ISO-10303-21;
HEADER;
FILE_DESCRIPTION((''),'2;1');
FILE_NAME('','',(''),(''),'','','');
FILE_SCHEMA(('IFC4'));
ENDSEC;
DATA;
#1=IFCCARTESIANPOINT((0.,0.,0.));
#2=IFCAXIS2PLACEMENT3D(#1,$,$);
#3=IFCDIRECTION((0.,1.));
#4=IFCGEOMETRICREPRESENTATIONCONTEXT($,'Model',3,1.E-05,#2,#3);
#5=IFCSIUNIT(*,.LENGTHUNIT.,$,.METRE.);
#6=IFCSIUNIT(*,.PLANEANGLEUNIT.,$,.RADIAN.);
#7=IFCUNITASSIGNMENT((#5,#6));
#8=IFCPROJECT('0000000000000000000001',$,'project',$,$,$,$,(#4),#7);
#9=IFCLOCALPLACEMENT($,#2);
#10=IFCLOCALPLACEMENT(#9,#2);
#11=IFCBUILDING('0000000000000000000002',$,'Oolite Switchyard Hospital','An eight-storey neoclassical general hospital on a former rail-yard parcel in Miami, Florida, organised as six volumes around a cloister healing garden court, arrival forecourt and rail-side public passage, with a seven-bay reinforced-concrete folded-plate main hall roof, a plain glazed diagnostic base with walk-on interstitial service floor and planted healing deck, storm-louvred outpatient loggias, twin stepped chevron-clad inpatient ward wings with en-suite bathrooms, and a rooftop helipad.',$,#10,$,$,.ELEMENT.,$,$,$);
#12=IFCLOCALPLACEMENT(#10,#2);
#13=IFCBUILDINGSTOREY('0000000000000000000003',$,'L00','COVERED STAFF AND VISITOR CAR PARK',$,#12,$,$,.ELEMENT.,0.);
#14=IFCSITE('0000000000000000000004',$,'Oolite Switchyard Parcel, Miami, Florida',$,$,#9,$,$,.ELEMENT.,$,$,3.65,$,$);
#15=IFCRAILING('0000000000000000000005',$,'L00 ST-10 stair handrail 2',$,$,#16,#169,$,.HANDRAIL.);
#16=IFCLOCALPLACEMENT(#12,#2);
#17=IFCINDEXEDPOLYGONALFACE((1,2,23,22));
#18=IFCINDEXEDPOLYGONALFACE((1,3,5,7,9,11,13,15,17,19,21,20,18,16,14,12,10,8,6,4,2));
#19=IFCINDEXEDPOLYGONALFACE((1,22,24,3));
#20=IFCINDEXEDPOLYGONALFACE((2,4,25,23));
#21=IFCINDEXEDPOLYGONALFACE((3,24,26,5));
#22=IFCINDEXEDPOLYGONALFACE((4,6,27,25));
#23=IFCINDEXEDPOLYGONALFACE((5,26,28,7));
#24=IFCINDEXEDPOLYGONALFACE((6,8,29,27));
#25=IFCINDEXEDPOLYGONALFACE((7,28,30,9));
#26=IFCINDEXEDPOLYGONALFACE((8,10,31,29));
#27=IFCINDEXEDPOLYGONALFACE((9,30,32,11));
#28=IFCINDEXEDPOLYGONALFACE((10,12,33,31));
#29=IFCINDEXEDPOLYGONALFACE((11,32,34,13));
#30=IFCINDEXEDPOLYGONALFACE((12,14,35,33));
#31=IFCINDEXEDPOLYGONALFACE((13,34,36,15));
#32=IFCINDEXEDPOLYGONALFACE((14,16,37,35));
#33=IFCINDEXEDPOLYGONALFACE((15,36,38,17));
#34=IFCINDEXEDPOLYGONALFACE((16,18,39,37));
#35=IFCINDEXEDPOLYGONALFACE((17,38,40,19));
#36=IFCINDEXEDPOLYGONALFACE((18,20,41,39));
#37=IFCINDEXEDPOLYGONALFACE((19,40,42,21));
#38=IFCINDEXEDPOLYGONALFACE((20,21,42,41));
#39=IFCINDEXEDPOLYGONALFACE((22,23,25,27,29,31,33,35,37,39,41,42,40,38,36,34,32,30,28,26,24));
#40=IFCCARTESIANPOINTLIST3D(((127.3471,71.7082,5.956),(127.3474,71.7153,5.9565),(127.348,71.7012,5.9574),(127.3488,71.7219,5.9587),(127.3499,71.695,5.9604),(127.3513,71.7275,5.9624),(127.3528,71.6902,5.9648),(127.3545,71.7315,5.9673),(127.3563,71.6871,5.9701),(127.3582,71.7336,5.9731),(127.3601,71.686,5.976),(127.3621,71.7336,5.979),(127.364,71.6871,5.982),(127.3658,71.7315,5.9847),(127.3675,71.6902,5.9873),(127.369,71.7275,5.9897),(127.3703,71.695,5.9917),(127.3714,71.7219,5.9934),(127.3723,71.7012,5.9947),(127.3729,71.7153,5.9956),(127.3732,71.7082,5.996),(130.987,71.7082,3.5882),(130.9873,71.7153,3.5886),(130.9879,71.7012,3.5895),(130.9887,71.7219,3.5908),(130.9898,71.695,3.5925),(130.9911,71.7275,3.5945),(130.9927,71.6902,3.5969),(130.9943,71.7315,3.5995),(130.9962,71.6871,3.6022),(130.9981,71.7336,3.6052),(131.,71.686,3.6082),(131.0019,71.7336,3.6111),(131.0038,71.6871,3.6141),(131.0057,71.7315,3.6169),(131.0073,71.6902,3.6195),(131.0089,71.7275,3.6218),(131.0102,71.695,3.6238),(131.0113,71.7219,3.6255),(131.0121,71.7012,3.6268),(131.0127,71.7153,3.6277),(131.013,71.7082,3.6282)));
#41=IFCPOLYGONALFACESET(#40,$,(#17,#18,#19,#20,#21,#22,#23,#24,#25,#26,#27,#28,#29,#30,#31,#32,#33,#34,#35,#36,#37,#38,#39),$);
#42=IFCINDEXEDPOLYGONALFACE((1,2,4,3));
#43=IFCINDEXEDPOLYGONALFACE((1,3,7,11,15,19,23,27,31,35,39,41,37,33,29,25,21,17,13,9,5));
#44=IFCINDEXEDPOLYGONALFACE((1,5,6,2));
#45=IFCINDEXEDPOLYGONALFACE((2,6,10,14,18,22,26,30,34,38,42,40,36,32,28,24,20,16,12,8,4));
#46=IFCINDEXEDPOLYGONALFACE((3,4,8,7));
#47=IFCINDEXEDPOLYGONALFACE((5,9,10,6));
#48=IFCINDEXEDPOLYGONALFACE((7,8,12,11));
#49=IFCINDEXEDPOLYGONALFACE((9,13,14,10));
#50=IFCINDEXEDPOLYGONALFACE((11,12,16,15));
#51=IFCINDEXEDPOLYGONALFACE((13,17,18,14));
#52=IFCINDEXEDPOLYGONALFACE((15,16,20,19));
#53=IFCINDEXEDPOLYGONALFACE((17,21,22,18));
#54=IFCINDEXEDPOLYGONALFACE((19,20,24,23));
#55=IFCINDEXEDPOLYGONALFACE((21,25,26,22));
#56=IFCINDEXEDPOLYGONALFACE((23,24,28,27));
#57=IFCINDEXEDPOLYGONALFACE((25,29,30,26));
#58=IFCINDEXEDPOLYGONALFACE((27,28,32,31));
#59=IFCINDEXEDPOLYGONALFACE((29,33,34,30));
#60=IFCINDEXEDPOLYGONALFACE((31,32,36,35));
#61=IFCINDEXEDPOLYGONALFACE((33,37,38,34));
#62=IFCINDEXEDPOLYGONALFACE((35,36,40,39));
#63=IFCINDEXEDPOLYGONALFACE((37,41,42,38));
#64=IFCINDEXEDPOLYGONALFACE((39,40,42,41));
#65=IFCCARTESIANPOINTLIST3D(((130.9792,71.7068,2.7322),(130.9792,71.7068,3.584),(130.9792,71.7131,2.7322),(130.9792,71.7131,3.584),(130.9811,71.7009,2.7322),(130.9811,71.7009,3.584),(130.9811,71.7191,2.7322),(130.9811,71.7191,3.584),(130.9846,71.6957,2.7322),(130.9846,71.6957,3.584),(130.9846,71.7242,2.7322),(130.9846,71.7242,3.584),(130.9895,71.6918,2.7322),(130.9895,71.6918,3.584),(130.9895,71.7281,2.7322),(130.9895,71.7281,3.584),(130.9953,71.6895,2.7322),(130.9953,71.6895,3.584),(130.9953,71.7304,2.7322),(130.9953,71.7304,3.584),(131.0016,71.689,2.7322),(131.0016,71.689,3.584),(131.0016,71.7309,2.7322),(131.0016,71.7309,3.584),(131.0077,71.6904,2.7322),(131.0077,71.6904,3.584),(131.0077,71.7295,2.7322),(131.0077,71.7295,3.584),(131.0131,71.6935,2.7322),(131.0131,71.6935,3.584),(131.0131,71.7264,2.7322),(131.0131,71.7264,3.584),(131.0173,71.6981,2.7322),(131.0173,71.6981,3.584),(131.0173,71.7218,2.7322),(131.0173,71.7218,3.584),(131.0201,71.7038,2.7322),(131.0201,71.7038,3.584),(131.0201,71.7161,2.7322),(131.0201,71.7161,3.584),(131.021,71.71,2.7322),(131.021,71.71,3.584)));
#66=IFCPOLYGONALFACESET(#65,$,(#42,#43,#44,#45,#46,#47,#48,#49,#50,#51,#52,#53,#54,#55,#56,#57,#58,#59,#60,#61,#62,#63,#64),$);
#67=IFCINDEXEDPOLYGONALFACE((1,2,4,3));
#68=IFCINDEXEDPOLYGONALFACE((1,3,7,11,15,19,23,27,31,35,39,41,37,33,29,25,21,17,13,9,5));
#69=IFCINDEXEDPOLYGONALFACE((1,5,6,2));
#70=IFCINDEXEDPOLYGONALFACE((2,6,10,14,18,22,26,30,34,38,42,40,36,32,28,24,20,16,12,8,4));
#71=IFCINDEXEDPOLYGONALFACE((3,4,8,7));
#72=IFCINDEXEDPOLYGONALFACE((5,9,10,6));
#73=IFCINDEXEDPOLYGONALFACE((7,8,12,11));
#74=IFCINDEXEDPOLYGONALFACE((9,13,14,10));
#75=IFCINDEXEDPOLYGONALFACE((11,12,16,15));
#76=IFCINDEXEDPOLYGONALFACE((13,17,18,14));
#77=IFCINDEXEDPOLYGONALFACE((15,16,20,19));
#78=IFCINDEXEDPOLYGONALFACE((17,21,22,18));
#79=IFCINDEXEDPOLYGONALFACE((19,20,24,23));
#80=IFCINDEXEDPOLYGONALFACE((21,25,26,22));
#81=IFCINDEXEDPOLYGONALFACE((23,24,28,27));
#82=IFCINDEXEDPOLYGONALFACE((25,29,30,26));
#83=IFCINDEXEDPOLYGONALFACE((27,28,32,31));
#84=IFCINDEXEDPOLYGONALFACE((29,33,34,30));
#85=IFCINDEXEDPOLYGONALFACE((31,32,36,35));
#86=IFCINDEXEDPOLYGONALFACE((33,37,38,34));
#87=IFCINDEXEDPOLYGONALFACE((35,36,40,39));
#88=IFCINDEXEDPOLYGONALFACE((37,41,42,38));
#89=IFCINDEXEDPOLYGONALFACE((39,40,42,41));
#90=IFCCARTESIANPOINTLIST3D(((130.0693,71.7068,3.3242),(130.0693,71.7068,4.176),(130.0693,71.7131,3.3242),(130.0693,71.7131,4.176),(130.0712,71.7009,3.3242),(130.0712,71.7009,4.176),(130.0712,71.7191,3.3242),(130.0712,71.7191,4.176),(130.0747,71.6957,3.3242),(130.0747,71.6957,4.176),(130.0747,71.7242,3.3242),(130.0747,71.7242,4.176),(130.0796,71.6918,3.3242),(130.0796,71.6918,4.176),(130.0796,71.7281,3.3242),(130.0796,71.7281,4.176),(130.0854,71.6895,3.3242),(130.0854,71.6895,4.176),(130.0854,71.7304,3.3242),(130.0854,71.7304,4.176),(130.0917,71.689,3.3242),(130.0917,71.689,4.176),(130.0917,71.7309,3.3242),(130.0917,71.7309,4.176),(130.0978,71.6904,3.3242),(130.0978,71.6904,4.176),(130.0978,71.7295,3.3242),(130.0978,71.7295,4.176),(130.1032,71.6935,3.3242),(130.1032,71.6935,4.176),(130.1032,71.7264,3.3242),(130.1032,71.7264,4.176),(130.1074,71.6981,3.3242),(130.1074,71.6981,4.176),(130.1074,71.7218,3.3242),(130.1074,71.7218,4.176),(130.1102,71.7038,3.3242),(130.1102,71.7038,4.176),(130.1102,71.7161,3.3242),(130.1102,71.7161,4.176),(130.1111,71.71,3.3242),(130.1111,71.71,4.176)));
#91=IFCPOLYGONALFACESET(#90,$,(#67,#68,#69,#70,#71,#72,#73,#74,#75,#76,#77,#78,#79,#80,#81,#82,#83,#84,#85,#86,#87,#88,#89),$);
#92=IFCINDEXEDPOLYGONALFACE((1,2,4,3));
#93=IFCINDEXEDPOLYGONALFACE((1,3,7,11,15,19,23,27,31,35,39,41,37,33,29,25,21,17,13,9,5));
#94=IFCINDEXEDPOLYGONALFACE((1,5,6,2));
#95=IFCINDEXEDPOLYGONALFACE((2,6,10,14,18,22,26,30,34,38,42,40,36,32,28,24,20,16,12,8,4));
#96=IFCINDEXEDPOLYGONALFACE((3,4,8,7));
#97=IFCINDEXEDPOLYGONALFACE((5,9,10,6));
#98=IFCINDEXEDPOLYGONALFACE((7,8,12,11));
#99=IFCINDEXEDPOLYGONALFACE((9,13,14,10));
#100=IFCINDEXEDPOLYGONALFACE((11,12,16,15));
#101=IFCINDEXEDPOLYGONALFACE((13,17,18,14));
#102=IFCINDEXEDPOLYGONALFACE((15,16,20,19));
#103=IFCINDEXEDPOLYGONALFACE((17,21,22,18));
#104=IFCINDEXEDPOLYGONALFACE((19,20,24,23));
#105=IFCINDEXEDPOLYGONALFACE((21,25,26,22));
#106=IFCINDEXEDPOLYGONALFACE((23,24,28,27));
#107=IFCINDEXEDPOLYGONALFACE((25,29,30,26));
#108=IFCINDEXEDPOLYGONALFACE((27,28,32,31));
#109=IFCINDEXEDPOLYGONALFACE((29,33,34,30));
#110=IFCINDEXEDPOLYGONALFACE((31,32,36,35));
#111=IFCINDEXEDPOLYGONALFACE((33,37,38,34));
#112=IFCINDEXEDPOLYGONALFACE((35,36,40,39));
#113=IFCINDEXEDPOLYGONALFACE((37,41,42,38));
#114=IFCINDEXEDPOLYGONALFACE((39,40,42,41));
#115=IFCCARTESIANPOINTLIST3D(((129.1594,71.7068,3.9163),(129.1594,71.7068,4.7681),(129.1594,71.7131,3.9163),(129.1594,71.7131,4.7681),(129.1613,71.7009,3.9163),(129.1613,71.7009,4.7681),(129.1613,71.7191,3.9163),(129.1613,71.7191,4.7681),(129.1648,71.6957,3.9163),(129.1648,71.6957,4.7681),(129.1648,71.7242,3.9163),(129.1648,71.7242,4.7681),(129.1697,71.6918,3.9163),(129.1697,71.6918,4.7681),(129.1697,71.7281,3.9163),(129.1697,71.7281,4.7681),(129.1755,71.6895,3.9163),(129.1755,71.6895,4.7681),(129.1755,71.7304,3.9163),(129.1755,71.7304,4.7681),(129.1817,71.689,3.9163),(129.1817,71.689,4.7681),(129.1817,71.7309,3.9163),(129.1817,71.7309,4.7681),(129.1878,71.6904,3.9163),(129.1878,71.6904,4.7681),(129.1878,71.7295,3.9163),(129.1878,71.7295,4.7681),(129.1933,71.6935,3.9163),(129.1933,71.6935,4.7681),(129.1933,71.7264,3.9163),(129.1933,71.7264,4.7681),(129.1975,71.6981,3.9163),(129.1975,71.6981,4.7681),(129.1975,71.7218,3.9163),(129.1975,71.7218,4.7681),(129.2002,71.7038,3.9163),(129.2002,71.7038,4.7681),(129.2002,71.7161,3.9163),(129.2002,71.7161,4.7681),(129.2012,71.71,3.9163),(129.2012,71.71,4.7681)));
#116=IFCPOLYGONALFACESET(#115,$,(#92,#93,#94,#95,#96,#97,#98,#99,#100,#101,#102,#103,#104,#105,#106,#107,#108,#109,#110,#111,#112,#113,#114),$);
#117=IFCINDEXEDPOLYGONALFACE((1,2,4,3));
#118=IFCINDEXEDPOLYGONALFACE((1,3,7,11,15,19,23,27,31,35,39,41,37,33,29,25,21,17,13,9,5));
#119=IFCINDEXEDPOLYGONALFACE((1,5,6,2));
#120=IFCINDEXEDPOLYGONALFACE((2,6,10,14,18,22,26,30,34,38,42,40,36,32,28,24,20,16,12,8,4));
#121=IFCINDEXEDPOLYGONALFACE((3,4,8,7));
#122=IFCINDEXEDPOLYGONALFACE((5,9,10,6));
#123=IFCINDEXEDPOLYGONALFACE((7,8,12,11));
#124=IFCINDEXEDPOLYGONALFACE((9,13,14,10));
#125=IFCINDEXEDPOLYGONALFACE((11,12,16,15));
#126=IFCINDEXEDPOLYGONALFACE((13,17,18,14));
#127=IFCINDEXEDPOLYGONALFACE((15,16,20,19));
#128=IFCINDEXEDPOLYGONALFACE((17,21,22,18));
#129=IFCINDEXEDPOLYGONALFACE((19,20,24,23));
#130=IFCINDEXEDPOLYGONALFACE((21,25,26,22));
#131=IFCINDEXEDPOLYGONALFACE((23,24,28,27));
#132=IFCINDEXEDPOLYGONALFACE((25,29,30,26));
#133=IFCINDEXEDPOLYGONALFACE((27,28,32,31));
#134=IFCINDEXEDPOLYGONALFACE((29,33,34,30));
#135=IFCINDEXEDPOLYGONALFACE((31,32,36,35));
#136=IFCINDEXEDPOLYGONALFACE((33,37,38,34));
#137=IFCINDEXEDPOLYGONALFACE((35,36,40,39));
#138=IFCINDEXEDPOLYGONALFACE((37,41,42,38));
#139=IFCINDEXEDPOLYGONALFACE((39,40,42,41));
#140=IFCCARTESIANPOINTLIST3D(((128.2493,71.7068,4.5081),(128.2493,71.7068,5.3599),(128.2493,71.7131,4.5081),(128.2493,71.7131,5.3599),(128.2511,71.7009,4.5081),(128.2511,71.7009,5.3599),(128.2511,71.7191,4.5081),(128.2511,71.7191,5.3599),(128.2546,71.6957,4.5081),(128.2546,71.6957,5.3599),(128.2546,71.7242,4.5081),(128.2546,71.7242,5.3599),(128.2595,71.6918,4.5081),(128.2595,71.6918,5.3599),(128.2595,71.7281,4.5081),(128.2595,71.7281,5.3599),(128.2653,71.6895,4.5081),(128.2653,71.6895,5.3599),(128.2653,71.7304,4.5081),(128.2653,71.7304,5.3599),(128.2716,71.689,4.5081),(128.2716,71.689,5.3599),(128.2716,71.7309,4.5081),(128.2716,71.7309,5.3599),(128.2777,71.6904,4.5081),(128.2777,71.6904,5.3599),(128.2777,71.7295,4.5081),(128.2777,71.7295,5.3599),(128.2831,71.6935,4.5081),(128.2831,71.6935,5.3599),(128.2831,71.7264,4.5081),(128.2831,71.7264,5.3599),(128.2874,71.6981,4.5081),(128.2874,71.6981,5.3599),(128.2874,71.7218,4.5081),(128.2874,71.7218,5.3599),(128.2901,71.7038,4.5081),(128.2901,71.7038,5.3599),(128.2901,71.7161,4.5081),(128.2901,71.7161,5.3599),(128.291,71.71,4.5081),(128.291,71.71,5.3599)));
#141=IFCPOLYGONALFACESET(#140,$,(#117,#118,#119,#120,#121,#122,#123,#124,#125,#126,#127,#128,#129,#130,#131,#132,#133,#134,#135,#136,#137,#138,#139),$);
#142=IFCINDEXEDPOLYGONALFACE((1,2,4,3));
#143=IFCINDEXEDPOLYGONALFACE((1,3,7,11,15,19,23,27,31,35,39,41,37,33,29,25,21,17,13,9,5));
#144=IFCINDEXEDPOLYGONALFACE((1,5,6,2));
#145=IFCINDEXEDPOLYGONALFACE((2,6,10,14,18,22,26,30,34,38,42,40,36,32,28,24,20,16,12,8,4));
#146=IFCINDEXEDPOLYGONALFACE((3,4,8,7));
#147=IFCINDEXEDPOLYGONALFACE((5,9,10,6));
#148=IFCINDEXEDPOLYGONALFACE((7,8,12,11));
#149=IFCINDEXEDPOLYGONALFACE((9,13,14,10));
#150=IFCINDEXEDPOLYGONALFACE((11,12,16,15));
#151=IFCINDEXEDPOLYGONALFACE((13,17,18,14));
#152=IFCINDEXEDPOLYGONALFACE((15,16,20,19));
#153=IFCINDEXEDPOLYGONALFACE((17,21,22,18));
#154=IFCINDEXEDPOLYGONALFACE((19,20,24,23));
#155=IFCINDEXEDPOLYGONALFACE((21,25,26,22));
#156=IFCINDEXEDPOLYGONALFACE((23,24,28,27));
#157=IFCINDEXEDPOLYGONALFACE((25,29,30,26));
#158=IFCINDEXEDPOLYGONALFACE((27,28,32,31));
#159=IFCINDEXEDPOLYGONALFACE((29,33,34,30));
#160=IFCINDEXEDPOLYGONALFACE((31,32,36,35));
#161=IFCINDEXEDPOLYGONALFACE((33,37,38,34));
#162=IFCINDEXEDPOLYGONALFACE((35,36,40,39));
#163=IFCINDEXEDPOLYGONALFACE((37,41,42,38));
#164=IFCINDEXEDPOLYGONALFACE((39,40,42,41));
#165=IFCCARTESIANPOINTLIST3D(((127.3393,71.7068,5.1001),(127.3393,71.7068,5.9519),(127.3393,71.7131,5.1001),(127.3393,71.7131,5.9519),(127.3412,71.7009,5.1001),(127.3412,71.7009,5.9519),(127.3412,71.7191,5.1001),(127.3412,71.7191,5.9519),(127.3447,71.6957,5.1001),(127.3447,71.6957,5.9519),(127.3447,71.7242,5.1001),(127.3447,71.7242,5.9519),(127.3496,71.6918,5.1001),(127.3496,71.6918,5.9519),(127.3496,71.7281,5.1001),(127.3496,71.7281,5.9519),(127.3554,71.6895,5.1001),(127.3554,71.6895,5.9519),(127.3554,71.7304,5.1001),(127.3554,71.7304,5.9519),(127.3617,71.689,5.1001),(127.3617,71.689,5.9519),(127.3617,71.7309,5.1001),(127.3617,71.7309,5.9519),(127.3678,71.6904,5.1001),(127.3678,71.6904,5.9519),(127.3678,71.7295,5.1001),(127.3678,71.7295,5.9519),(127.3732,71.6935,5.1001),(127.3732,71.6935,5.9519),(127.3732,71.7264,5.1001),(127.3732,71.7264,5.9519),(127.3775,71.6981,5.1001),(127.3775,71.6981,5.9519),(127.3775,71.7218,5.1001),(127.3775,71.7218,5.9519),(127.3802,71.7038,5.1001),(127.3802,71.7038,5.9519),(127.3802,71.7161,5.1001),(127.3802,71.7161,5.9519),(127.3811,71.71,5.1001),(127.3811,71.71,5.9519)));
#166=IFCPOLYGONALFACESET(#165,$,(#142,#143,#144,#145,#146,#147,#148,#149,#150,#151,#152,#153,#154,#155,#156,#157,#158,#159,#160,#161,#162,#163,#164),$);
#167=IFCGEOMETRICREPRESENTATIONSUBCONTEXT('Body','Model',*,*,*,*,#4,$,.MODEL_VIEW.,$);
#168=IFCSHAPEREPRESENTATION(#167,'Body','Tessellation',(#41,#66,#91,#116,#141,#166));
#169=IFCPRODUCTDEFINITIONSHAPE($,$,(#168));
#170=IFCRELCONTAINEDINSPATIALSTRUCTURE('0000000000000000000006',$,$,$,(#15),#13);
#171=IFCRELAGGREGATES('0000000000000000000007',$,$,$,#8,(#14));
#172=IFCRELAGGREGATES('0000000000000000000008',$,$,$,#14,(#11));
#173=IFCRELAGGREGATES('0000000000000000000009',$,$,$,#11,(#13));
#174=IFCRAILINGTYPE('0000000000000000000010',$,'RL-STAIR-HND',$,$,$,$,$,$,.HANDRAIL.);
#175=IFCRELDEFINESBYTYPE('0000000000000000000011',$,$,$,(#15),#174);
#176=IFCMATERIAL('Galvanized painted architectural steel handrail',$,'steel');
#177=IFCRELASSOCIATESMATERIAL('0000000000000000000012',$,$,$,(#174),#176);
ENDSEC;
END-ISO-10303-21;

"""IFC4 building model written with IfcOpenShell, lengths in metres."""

from ifc_helpers import new_model, si_unit, direction, frame, origin, origin_2d, place, context, subcontext, project, spatial, circle, extrude, material, type_object, element, save


model = new_model("IFC4")

# Units and contexts
model_context = context("Model", 3, precision=1e-05, world=origin(), true_north=direction((0.0, 1.0)))
body_context = subcontext(model_context, "Body", "Model", "MODEL_VIEW")
ifc_project = project(units=[si_unit("LENGTHUNIT", "METRE"), si_unit("PLANEANGLEUNIT", "RADIAN")], contexts=[model_context])

# Site, building, storey
site_placement = place(None, origin())
site = spatial("IfcSite", under=ifc_project, at=site_placement, Name="Oolite Switchyard Parcel, Miami, Florida", CompositionType="ELEMENT", RefElevation=3.65)
building_placement = place(site_placement, origin())
building = spatial("IfcBuilding", under=site, at=building_placement, Name="Oolite Switchyard Hospital", Description="An eight-storey neoclassical general hospital on a former rail-yard parcel in Miami, Florida, organised as six volumes around a cloister healing garden court, arrival forecourt and rail-side public passage, with a seven-bay reinforced-concrete folded-plate main hall roof, a plain glazed diagnostic base with walk-on interstitial service floor and planted healing deck, storm-louvred outpatient loggias, twin stepped chevron-clad inpatient ward wings with en-suite bathrooms, and a rooftop helipad.", CompositionType="ELEMENT")
storey_placement = place(building_placement, origin())
storey = spatial("IfcBuildingStorey", under=building, at=storey_placement, Name="L00", Description="COVERED STAFF AND VISITOR CAR PARK", CompositionType="ELEMENT", Elevation=0.0)

# Railing
ifc_material_1 = material(Name="Galvanized painted architectural steel handrail", Category="steel")
railing_type_1 = type_object("IfcRailingType", Name="RL-STAIR-HND", PredefinedType="HANDRAIL", material=ifc_material_1)
railing_1_placement = place(storey_placement, frame((131.0, 71.71, 2.7322)))
element("IfcRailing", 1, at=railing_1_placement, inside=storey, type_object=railing_type_1, Name="L00 ST-10 stair handrail 2", PredefinedType="HANDRAIL", context=body_context, shape_type="SweptSolid", body=[
    extrude(circle(Radius=0.0239, at=origin_2d()), frame((0.0, 0.0, 0.876), z_axis=(-0.838234, 0.0, 0.54531), x_axis=(0.0, -1.0, 0.0)), (0.0, 0.0, 1.0), 4.3423),
    extrude(circle(Radius=0.021, at=origin_2d()), origin(), (0.0, 0.0, 1.0), 0.8518),
    extrude(circle(Radius=0.021, at=origin_2d()), frame((-0.9099, 0.0, 0.592)), (0.0, 0.0, 1.0), 0.8518),
    extrude(circle(Radius=0.021, at=origin_2d()), frame((-1.8198, 0.0, 1.1841)), (0.0, 0.0, 1.0), 0.8518),
    extrude(circle(Radius=0.021, at=origin_2d()), frame((-2.73, 0.0, 1.7759)), (0.0, 0.0, 1.0), 0.8518),
    extrude(circle(Radius=0.021, at=origin_2d()), frame((-3.6399, 0.0, 2.3679)), (0.0, 0.0, 1.0), 0.8518),
])

save(model, "model.ifc")
